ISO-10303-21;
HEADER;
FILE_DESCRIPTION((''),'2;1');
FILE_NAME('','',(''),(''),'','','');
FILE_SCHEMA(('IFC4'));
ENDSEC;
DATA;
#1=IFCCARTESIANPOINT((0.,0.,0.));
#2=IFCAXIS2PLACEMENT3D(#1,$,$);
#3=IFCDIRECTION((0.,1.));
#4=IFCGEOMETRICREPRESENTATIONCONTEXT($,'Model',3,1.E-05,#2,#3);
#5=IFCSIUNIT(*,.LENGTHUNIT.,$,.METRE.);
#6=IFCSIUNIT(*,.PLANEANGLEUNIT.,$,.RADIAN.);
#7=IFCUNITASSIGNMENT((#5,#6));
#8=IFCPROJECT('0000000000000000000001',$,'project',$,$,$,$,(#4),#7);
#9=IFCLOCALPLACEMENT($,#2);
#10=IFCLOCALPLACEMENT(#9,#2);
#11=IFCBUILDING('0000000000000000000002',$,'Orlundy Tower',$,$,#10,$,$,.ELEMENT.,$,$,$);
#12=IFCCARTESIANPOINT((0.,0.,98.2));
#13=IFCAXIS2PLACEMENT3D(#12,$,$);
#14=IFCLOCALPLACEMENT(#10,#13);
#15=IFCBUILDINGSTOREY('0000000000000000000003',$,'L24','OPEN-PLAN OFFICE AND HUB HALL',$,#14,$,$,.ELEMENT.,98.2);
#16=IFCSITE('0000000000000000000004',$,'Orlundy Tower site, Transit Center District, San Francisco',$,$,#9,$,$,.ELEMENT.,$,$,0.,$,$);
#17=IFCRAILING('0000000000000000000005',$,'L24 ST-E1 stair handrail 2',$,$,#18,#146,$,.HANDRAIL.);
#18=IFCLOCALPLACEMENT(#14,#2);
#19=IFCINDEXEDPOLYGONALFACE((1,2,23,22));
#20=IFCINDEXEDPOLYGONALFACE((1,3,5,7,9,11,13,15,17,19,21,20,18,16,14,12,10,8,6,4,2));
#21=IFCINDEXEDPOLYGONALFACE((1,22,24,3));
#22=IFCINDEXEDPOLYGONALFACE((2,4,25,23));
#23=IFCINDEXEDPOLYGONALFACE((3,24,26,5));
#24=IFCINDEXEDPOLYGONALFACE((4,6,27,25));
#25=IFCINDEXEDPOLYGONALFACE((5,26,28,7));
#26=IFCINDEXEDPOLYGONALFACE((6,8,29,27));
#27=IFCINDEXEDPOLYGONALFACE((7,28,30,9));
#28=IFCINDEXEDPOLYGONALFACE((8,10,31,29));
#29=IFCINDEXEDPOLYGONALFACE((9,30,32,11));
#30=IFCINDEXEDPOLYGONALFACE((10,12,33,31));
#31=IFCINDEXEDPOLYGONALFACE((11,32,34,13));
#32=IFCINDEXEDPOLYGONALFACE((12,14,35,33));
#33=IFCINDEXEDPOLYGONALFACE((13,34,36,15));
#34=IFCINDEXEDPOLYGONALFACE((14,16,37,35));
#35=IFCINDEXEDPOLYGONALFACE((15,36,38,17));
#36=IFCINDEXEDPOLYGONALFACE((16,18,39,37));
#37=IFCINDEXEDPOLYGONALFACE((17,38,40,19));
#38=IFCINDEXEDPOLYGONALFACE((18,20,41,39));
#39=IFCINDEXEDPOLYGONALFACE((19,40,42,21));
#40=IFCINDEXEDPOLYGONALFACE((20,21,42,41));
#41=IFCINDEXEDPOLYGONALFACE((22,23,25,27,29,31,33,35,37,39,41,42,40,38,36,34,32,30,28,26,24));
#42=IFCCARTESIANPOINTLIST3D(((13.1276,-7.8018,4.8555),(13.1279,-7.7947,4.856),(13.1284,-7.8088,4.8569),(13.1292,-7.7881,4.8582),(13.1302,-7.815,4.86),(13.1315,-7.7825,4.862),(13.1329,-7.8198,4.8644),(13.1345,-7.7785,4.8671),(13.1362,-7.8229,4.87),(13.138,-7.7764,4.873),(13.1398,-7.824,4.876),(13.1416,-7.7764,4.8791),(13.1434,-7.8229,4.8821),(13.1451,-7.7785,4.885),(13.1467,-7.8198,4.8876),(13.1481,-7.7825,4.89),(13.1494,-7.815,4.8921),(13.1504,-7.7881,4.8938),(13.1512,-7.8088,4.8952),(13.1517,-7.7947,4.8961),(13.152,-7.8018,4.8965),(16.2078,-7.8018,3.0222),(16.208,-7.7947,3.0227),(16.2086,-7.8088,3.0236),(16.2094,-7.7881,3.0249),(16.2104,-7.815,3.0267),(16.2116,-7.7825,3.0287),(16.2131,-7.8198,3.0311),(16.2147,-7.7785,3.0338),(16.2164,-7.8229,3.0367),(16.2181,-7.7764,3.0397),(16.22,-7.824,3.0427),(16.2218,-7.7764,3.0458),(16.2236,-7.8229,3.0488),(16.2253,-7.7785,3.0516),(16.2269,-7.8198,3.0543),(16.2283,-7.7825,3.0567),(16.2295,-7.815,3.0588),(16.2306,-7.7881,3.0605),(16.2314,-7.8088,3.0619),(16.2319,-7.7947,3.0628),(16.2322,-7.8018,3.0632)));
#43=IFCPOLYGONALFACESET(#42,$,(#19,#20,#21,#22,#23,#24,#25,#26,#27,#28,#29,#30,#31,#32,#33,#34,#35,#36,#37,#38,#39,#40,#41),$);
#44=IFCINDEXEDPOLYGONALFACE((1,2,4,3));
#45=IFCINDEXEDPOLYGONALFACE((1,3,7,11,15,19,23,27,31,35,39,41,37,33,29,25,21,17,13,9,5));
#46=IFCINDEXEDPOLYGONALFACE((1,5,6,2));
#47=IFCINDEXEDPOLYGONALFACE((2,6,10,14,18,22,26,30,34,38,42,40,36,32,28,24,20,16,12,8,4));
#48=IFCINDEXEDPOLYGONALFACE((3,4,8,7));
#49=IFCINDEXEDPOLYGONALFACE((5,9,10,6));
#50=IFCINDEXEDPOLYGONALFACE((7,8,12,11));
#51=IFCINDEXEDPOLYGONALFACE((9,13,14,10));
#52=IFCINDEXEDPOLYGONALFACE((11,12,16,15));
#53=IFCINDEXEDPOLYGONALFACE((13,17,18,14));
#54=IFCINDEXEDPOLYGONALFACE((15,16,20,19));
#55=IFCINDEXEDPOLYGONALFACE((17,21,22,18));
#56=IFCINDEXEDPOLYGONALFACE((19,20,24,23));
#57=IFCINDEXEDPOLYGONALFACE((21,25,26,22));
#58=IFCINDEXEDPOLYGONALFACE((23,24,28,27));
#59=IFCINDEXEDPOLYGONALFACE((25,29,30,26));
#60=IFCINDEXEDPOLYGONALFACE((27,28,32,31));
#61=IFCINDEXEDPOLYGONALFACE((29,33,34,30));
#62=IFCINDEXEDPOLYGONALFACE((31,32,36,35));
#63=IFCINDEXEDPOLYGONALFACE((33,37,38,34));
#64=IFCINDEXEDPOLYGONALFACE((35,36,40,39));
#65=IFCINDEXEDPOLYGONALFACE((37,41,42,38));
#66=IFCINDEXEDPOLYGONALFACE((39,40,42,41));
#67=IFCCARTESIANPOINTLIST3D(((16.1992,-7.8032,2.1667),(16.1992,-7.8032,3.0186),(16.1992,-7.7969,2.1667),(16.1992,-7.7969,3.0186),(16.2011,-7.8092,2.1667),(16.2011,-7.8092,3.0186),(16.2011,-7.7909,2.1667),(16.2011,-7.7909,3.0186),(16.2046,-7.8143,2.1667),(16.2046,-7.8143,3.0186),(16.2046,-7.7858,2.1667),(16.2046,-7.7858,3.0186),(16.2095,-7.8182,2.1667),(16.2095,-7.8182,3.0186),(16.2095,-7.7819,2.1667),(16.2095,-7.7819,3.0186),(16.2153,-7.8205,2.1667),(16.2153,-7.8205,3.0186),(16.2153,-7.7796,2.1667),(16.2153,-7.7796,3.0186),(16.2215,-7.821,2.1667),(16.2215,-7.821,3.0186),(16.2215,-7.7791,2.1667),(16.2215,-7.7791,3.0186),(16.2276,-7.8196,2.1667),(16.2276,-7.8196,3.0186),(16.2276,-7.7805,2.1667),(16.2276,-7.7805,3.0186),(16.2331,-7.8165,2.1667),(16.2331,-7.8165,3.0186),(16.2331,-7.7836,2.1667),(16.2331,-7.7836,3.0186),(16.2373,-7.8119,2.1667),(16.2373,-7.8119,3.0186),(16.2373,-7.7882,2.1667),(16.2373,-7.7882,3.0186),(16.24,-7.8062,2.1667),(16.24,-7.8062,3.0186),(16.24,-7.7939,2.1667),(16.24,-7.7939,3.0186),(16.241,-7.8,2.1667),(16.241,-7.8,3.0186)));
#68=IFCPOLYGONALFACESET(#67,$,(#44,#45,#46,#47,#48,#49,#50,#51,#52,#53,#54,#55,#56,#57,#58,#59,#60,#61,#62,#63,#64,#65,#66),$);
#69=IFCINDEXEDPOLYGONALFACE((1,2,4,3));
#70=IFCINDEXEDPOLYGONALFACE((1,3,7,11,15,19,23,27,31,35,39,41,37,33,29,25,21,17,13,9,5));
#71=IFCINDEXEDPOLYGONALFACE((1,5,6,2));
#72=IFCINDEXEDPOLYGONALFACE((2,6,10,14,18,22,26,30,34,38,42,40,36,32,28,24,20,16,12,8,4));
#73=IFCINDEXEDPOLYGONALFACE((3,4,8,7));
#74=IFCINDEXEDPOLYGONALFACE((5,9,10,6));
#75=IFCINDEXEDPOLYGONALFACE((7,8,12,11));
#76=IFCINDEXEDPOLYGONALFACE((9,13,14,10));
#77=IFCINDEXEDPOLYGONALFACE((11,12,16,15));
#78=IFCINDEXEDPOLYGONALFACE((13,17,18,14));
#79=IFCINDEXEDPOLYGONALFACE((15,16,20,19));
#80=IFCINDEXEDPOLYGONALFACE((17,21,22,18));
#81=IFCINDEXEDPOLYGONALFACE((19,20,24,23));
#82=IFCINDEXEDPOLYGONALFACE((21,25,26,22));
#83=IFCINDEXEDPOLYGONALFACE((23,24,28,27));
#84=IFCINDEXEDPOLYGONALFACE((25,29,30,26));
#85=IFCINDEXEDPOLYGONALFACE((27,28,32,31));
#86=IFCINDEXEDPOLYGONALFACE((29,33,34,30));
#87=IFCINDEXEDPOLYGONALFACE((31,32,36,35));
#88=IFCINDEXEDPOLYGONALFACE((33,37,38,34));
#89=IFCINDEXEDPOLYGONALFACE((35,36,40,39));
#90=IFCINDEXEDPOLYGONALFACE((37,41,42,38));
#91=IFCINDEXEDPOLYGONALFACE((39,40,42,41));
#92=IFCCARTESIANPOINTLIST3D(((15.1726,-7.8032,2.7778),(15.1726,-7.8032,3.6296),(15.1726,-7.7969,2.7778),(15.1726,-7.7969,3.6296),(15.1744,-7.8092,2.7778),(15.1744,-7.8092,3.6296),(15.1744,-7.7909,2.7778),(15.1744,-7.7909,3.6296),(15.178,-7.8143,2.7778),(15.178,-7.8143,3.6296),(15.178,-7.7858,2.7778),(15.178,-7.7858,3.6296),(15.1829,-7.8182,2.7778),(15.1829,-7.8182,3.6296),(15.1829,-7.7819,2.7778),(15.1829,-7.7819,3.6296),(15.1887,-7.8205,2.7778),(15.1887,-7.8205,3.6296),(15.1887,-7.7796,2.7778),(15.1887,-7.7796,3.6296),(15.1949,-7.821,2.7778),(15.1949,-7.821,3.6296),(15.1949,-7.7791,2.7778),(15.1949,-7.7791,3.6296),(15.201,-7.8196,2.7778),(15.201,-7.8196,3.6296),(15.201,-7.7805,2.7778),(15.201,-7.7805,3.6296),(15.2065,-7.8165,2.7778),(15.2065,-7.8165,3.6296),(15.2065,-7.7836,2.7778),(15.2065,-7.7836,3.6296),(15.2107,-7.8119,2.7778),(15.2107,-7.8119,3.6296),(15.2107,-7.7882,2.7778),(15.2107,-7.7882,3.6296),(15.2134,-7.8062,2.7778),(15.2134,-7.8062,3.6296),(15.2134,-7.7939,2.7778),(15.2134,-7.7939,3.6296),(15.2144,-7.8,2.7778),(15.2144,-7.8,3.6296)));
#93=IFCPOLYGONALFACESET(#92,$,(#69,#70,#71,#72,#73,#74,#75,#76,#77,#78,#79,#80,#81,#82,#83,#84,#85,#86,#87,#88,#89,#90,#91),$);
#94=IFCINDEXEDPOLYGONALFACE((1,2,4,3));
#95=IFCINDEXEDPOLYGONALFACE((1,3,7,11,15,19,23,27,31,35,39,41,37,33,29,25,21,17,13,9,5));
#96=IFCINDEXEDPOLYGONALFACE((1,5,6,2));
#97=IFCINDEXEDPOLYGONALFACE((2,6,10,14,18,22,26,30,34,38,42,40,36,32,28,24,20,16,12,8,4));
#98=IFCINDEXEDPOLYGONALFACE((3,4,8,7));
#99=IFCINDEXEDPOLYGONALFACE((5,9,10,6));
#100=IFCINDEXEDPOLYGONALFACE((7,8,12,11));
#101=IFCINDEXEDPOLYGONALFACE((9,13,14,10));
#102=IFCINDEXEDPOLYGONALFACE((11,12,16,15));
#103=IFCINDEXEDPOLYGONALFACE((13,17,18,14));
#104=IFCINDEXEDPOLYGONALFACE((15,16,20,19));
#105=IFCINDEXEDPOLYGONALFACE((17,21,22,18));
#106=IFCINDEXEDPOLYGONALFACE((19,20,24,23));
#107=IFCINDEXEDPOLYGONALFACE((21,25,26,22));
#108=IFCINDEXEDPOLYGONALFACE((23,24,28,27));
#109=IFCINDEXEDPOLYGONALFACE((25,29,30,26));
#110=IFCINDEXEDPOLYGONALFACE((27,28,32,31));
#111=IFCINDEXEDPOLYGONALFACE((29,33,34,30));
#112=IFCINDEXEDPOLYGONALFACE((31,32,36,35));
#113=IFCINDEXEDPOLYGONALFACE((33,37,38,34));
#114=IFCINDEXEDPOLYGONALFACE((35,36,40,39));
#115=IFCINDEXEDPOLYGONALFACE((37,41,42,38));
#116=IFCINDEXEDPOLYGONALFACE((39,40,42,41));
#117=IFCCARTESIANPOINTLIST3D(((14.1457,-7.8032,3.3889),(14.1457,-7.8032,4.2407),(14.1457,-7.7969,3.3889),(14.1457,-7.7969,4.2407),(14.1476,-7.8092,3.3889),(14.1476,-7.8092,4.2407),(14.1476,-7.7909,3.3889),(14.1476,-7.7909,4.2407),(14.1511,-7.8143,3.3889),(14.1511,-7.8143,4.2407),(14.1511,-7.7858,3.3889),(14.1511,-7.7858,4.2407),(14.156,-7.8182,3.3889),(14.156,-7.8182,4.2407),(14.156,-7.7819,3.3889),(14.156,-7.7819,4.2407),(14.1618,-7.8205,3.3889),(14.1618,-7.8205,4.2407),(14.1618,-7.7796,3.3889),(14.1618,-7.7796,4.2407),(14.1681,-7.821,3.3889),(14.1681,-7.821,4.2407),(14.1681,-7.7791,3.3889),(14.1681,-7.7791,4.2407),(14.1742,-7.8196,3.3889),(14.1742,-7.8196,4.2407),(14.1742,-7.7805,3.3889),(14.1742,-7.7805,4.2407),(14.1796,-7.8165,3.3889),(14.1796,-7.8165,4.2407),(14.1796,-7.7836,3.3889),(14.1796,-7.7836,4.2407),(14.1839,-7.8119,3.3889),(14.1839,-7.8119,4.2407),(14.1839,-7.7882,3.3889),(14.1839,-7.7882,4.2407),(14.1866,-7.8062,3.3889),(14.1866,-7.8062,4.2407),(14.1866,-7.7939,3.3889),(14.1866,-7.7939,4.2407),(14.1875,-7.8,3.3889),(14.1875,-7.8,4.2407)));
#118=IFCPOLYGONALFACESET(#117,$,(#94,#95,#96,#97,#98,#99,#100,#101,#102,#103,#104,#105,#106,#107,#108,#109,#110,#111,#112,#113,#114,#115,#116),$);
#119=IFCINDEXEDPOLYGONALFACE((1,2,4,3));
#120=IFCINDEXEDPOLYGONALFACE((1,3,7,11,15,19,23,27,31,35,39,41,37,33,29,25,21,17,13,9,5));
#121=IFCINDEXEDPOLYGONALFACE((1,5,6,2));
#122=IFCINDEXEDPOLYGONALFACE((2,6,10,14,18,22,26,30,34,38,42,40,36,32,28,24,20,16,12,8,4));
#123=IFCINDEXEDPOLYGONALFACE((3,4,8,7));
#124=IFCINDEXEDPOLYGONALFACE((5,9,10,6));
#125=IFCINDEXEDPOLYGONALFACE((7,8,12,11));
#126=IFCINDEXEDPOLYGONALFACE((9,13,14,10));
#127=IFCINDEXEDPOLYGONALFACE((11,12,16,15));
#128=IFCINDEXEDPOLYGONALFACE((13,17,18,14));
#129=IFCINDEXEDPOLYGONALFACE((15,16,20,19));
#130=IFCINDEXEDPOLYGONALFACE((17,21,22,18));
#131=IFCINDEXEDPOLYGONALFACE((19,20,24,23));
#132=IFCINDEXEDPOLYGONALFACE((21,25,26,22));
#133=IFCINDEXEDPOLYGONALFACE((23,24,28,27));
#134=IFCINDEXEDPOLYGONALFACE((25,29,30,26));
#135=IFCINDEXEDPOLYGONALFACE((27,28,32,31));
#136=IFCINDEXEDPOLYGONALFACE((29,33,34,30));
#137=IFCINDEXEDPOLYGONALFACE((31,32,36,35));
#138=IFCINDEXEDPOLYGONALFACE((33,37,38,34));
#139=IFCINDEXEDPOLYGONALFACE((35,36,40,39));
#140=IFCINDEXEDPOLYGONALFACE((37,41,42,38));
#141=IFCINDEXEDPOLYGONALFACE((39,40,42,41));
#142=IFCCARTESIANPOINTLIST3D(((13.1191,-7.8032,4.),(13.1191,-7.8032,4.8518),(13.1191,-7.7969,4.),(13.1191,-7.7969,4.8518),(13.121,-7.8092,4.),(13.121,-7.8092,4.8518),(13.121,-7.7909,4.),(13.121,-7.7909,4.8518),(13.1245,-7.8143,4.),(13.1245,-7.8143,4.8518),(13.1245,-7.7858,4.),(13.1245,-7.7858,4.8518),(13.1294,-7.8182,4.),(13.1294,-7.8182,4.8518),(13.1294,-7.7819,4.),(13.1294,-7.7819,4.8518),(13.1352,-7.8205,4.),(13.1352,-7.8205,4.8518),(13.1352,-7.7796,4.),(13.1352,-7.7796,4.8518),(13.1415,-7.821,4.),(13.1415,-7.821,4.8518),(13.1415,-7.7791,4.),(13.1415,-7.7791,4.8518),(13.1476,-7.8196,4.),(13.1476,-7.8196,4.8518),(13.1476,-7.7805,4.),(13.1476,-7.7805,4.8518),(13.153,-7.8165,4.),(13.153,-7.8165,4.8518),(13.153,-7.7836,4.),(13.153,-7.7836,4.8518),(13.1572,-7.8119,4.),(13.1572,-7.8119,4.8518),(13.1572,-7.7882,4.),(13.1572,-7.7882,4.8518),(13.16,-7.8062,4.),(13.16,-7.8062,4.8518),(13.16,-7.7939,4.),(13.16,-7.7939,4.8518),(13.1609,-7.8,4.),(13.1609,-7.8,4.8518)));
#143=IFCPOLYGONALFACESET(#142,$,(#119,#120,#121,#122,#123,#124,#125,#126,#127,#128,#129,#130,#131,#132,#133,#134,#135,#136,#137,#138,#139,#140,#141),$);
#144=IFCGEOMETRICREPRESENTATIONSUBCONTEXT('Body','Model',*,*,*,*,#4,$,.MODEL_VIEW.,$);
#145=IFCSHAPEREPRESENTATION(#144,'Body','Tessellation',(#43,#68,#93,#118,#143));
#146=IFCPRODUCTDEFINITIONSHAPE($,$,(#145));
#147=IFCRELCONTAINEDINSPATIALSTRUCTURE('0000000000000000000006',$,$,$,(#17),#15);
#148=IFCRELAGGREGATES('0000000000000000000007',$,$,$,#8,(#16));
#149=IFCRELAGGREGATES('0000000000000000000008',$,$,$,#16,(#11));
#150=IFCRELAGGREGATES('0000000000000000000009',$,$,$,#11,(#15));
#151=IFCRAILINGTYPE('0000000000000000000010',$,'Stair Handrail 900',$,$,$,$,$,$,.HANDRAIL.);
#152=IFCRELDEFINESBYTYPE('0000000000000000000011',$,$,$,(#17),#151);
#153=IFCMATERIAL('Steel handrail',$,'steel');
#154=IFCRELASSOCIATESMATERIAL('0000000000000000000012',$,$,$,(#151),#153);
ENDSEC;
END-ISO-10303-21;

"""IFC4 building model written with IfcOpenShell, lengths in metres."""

from ifc_helpers import new_model, si_unit, direction, frame, origin, origin_2d, place, context, subcontext, project, spatial, circle, extrude, material, type_object, element, save


model = new_model("IFC4")

# Units and contexts
model_context = context("Model", 3, precision=1e-05, world=origin(), true_north=direction((0.0, 1.0)))
body_context = subcontext(model_context, "Body", "Model", "MODEL_VIEW")
ifc_project = project(units=[si_unit("LENGTHUNIT", "METRE"), si_unit("PLANEANGLEUNIT", "RADIAN")], contexts=[model_context])

# Site, building, storey
site_placement = place(None, origin())
site = spatial("IfcSite", under=ifc_project, at=site_placement, Name="Orlundy Tower site, Transit Center District, San Francisco", CompositionType="ELEMENT", RefElevation=0.0)
building_placement = place(site_placement, origin())
building = spatial("IfcBuilding", under=site, at=building_placement, Name="Orlundy Tower", CompositionType="ELEMENT")
storey_placement = place(building_placement, frame((0.0, 0.0, 98.2)))
storey = spatial("IfcBuildingStorey", under=building, at=storey_placement, Name="L24", Description="OPEN-PLAN OFFICE AND HUB HALL", CompositionType="ELEMENT", Elevation=98.2)

# Railing
ifc_material_1 = material(Name="Steel handrail", Category="steel")
railing_type_1 = type_object("IfcRailingType", Name="Stair Handrail 900", PredefinedType="HANDRAIL", material=ifc_material_1)
railing_1_placement = place(storey_placement, frame((16.22, -7.8, 2.1667)))
element("IfcRailing", 1, at=railing_1_placement, inside=storey, type_object=railing_type_1, Name="L24 ST-E1 stair handrail 2", PredefinedType="HANDRAIL", context=body_context, shape_type="SweptSolid", body=[
    extrude(circle(Radius=0.0239, at=origin_2d()), frame((0.0, 0.0, 0.876), z_axis=(-0.859309, 0.0, 0.511458), x_axis=(0.0, -1.0, 0.0)), (0.0, 0.0, 1.0), 3.5845),
    extrude(circle(Radius=0.021, at=origin_2d()), origin(), (0.0, 0.0, 1.0), 0.8518),
    extrude(circle(Radius=0.021, at=origin_2d()), frame((-1.0266, 0.0, 0.6111)), (0.0, 0.0, 1.0), 0.8518),
    extrude(circle(Radius=0.021, at=origin_2d()), frame((-2.0535, 0.0, 1.2222)), (0.0, 0.0, 1.0), 0.8518),
    extrude(circle(Radius=0.021, at=origin_2d()), frame((-3.0801, 0.0, 1.8333)), (0.0, 0.0, 1.0), 0.8518),
])

save(model, "model.ifc")
